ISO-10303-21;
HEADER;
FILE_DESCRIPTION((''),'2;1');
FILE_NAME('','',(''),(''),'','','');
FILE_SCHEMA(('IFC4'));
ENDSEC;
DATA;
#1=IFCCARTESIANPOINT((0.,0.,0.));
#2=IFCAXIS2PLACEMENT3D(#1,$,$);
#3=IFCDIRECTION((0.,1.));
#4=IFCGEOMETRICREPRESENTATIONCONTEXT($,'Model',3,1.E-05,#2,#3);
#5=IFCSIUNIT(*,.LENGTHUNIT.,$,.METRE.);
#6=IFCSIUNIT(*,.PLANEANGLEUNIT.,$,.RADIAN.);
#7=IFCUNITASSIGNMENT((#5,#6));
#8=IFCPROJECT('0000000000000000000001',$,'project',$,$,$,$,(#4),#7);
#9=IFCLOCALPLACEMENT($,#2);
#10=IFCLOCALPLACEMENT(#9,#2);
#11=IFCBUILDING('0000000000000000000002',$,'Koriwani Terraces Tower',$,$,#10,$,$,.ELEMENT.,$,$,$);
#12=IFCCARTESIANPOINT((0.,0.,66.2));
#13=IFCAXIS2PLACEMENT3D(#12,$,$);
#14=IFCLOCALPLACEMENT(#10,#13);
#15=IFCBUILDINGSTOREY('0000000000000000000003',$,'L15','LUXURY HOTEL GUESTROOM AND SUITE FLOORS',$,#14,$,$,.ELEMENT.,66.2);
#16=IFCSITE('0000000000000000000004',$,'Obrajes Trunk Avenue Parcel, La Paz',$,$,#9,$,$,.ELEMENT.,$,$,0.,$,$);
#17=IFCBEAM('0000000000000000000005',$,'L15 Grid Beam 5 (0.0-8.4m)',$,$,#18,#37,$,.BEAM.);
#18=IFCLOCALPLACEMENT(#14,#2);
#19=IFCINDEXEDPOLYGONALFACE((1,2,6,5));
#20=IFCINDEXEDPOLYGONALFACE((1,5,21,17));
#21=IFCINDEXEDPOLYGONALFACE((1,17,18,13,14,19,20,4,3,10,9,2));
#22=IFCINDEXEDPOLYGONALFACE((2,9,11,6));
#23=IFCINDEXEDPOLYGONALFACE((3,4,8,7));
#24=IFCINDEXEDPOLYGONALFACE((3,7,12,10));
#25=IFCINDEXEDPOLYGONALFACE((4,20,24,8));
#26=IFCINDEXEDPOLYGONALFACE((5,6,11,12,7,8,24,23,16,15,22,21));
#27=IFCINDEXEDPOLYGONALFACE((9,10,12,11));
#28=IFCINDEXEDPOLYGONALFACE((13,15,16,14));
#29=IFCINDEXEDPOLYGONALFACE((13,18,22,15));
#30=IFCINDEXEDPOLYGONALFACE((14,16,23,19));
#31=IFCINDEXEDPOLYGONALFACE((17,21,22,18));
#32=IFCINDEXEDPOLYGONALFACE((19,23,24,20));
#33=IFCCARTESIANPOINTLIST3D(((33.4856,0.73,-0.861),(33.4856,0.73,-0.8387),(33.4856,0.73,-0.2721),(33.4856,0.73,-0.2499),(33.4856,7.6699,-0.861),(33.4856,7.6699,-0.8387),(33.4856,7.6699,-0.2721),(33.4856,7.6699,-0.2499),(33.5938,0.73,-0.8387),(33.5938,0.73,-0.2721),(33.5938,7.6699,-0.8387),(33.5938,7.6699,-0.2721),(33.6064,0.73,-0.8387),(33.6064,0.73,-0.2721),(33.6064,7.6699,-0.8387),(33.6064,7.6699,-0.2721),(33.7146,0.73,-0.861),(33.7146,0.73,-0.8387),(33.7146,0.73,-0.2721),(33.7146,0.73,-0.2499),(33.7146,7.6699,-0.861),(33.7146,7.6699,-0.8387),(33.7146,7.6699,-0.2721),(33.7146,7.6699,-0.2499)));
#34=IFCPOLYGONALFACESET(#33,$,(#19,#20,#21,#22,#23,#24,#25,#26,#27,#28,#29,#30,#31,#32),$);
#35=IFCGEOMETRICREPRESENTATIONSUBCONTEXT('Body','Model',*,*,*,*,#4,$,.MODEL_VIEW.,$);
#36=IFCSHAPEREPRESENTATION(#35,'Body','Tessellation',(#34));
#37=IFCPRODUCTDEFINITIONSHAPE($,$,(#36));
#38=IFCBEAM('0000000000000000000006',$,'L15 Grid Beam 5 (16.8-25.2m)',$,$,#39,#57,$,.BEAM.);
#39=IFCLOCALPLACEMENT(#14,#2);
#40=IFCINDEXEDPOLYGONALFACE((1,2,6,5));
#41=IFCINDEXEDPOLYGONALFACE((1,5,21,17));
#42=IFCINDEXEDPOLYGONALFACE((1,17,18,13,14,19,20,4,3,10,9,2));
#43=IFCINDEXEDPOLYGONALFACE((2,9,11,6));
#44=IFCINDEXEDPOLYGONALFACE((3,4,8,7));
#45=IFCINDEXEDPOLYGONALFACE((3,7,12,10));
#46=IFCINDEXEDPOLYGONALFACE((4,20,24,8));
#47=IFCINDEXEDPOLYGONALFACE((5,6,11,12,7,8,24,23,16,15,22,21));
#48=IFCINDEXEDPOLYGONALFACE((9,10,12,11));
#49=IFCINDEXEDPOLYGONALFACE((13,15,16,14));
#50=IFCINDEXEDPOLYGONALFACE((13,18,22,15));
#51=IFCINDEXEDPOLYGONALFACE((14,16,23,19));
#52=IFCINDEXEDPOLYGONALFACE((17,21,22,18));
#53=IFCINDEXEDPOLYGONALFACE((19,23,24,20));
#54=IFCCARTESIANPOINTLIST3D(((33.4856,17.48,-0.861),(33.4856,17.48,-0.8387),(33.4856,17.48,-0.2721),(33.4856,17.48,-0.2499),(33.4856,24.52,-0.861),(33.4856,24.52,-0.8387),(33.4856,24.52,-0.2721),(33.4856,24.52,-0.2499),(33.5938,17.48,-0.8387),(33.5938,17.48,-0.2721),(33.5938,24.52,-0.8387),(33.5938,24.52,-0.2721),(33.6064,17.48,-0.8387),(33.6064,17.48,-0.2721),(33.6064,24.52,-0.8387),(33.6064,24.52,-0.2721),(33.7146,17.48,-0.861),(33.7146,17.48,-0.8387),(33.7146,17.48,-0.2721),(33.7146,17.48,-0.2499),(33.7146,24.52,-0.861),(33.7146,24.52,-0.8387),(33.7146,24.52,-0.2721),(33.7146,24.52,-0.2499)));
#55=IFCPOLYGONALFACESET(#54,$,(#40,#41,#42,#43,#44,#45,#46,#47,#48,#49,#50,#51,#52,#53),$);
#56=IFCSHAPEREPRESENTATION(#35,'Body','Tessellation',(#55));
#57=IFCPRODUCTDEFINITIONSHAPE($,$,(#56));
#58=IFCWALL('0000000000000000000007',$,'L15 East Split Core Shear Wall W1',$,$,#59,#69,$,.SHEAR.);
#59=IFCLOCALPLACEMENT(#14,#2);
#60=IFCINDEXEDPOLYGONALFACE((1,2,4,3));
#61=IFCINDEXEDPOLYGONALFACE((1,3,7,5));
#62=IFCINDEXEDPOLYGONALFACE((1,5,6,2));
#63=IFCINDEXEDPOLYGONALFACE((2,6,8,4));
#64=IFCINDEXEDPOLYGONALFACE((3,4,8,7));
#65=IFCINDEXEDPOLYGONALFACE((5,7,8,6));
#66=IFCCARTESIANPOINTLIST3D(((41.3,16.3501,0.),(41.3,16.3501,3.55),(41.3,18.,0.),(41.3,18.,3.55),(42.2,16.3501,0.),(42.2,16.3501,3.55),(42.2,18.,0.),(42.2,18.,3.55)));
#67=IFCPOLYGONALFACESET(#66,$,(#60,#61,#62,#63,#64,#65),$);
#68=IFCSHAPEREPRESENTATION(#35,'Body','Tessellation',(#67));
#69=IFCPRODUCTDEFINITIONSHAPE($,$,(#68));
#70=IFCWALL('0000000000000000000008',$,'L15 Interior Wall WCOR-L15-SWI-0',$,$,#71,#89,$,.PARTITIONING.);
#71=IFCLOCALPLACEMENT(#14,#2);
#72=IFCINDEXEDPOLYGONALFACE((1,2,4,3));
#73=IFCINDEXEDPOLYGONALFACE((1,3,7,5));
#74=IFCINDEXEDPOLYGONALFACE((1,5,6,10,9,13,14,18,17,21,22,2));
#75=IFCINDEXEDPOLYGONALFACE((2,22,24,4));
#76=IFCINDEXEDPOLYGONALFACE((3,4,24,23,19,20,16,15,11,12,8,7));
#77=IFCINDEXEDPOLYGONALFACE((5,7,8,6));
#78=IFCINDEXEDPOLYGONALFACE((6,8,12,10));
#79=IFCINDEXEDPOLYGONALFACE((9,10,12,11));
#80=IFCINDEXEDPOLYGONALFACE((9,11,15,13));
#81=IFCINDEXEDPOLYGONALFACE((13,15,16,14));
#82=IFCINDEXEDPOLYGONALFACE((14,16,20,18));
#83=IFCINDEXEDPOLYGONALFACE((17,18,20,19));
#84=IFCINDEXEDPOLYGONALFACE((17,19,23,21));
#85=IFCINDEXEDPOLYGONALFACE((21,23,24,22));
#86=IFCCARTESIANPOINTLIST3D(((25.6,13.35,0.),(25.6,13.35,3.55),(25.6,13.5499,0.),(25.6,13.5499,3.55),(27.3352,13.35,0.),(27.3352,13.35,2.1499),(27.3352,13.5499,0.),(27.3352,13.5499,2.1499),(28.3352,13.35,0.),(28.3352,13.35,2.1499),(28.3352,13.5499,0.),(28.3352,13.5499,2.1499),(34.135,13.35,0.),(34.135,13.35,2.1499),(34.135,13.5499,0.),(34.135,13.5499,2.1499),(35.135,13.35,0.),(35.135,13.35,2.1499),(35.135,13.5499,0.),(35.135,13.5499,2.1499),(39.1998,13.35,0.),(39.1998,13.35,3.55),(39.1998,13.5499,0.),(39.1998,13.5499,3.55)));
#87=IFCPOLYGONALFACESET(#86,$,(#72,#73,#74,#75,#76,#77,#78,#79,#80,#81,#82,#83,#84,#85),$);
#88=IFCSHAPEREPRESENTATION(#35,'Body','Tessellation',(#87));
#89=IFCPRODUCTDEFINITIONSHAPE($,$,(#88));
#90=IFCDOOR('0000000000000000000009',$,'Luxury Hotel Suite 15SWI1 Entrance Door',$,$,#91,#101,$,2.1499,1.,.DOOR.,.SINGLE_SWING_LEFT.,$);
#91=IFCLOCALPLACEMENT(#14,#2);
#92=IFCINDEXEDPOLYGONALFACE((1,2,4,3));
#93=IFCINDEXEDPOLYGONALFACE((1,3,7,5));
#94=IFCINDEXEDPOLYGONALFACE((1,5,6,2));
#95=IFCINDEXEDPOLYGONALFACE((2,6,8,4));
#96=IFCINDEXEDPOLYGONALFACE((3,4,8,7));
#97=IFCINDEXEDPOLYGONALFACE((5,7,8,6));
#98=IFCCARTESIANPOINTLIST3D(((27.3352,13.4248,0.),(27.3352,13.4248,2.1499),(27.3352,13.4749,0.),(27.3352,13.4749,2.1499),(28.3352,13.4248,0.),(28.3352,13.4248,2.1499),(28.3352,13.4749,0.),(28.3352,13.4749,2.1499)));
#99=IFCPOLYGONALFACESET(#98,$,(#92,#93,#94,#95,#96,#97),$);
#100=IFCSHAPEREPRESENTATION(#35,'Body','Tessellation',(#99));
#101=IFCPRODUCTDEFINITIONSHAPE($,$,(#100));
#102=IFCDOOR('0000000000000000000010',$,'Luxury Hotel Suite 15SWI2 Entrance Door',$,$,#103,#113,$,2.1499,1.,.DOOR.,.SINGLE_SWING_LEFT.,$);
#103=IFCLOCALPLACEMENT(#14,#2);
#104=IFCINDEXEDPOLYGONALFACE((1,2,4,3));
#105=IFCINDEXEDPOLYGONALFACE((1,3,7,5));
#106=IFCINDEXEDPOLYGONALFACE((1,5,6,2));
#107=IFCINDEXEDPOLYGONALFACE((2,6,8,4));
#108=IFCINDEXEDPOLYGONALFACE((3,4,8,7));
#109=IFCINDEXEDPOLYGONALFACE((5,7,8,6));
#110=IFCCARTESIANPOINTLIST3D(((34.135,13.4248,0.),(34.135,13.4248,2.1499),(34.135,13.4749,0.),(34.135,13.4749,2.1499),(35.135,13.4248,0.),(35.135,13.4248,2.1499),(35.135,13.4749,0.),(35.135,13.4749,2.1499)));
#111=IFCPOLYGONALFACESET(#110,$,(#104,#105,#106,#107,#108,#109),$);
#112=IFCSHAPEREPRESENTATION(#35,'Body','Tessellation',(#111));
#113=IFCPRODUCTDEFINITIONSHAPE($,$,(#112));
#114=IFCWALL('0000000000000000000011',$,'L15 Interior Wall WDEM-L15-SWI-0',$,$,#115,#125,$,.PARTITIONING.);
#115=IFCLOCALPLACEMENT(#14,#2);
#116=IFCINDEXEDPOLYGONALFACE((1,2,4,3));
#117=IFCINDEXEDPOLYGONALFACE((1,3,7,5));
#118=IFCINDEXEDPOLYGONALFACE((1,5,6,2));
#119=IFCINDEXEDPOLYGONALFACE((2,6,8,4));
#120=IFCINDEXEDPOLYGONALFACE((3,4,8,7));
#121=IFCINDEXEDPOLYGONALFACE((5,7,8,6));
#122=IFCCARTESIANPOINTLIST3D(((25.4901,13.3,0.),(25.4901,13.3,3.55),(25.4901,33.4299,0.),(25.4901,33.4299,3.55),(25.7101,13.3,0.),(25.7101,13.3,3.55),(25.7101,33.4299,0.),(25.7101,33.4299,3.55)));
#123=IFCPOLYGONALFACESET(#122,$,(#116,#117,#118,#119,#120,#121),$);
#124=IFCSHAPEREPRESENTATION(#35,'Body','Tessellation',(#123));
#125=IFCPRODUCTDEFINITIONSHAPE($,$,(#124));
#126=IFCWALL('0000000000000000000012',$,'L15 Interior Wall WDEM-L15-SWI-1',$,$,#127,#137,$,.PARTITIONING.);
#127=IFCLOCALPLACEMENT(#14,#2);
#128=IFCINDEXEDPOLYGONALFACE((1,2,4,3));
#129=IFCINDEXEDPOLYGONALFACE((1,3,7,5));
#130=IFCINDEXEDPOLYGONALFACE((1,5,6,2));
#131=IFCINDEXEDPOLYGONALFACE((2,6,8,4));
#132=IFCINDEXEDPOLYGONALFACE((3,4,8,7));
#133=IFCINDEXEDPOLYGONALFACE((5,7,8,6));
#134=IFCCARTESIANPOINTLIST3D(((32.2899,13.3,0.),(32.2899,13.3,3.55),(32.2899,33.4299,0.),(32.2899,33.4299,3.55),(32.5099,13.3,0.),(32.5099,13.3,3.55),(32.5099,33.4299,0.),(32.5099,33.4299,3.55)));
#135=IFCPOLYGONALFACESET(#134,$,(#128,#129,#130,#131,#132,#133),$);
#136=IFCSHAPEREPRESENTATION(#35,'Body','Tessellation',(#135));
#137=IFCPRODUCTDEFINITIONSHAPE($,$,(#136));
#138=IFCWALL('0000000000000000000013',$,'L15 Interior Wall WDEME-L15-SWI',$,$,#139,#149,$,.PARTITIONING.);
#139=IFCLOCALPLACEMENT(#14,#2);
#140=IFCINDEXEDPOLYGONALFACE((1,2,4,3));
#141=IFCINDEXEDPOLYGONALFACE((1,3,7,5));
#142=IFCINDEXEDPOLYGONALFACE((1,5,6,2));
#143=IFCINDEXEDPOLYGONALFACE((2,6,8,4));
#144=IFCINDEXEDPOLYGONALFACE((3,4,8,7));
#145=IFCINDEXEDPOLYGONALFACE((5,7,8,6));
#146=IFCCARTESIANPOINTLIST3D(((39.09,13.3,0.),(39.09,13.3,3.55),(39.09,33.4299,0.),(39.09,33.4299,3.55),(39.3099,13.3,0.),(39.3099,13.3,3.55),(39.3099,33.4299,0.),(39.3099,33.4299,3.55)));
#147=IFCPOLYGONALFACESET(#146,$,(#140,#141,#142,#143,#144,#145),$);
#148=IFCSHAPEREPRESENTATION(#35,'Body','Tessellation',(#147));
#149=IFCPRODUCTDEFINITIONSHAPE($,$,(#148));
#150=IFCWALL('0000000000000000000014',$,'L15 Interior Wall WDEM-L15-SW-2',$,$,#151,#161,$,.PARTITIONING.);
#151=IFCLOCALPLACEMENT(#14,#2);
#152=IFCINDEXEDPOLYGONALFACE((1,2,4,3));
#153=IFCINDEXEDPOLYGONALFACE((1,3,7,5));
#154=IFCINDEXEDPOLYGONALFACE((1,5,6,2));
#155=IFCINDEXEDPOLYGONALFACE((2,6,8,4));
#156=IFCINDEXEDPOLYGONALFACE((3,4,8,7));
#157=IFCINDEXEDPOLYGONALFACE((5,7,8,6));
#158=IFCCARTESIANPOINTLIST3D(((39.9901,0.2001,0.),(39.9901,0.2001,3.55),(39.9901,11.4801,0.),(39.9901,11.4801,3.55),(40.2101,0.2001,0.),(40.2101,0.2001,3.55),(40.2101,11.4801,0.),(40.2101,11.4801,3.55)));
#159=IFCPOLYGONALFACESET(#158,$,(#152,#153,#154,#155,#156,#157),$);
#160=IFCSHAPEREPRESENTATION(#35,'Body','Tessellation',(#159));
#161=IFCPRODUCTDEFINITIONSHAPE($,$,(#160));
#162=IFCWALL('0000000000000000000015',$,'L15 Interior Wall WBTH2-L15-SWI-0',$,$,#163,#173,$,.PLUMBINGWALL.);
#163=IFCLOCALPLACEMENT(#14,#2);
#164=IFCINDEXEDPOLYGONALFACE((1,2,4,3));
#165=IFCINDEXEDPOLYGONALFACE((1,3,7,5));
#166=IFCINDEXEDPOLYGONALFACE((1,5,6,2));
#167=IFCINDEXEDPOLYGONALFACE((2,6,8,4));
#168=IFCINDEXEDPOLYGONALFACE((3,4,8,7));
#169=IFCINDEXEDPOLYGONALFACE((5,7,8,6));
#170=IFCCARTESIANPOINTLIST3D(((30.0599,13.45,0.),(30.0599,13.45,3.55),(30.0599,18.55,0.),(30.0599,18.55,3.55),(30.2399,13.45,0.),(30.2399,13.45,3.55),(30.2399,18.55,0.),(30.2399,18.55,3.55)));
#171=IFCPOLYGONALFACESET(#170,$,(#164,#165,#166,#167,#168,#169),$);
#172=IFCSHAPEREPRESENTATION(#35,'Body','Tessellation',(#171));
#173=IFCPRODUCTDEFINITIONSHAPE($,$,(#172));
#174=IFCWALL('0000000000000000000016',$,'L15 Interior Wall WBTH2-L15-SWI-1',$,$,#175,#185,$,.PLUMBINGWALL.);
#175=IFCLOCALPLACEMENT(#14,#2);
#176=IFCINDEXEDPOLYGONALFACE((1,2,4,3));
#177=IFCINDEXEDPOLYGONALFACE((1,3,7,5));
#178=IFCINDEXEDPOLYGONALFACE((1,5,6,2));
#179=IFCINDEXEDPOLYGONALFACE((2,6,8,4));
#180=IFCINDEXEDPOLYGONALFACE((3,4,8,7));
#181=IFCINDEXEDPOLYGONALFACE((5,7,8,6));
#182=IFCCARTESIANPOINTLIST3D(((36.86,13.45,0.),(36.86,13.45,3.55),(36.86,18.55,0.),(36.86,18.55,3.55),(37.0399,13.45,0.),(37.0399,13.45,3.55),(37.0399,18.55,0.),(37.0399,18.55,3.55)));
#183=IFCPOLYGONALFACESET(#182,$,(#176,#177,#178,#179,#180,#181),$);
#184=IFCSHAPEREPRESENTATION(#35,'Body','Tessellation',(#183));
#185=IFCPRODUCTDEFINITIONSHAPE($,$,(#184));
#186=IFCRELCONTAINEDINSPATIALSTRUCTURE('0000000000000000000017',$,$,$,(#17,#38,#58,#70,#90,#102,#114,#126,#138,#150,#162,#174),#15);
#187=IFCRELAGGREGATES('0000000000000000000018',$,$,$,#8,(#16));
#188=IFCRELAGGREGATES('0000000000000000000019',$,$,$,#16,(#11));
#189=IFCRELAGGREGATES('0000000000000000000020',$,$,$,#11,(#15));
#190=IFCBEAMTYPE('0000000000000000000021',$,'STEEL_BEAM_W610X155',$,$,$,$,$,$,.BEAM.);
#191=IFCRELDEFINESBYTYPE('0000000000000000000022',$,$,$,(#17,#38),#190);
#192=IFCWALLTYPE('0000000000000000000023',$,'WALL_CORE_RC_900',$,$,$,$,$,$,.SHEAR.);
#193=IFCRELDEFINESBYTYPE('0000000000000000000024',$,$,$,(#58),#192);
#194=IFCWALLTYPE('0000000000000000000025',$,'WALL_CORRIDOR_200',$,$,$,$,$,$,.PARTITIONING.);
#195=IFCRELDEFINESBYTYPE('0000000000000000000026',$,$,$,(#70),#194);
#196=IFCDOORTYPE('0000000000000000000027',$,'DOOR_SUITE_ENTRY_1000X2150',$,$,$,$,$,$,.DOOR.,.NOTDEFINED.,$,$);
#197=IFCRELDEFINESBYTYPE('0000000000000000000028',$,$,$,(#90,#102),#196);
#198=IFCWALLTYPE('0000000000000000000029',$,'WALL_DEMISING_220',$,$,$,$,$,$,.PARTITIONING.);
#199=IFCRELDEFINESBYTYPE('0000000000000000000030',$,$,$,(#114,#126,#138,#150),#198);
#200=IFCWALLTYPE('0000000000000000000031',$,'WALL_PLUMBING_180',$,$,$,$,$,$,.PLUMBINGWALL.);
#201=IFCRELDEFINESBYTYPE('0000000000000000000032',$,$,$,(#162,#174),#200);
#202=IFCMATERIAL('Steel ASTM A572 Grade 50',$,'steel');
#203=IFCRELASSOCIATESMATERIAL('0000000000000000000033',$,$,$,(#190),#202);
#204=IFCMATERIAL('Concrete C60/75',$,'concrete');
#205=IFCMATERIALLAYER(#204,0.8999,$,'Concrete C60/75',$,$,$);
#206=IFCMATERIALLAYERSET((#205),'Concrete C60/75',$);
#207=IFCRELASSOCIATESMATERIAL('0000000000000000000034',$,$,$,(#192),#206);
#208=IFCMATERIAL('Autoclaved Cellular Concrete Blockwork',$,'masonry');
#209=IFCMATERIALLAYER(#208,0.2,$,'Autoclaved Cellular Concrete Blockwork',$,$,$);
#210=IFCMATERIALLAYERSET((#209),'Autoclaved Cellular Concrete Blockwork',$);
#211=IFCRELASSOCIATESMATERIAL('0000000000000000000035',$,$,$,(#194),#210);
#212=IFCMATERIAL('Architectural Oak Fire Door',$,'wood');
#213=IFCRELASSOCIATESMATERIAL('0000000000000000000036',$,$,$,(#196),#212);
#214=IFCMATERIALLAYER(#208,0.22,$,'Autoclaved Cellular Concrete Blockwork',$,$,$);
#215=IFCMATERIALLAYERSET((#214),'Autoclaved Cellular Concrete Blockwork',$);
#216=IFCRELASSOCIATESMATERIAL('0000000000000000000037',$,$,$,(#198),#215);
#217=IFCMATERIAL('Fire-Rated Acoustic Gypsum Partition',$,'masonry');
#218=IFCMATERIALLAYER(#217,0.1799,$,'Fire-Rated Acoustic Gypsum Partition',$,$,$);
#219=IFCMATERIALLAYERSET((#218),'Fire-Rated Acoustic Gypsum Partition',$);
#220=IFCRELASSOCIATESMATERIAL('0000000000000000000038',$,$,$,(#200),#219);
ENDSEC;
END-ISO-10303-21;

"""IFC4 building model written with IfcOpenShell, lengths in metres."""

from ifc_helpers import new_model, si_unit, direction, frame, frame_2d, origin, origin_2d, place, context, subcontext, project, spatial, rectangle, i_section, extrude, material, layer, layer_set, material_profile, profile_set, type_object, element, fill, save


model = new_model("IFC4")

# Units and contexts
model_context = context("Model", 3, precision=1e-05, world=origin(), true_north=direction((0.0, 1.0)))
body_context = subcontext(model_context, "Body", "Model", "MODEL_VIEW")
ifc_project = project(units=[si_unit("LENGTHUNIT", "METRE"), si_unit("PLANEANGLEUNIT", "RADIAN")], contexts=[model_context])

# Site, building, storey
site_placement = place(None, origin())
site = spatial("IfcSite", under=ifc_project, at=site_placement, Name="Obrajes Trunk Avenue Parcel, La Paz", CompositionType="ELEMENT", RefElevation=0.0)
building_placement = place(site_placement, origin())
building = spatial("IfcBuilding", under=site, at=building_placement, Name="Koriwani Terraces Tower", CompositionType="ELEMENT")
storey_placement = place(building_placement, frame((0.0, 0.0, 66.2)))
storey = spatial("IfcBuildingStorey", under=building, at=storey_placement, Name="L15", Description="LUXURY HOTEL GUESTROOM AND SUITE FLOORS", CompositionType="ELEMENT", Elevation=66.2)

# Shared definitions
ifc_material_1 = material(Name="Concrete C60/75", Category="concrete")

# Beams
ifc_material_2 = material(Name="Steel ASTM A572 Grade 50", Category="steel")
ifc_material_profile_1 = material_profile(ifc_material_2, i_section(OverallWidth=0.229, OverallDepth=0.6111, WebThickness=0.0127, FlangeThickness=0.0222, at=origin_2d()), Name="Steel ASTM A572 Grade 50", Category="LoadBearing")
ifc_profile_set_1 = profile_set([ifc_material_profile_1], Name="Steel ASTM A572 Grade 50")
beam_type_1 = type_object("IfcBeamType", Name="STEEL_BEAM_W610X155", PredefinedType="BEAM", material=ifc_profile_set_1)
beam_1_placement = place(storey_placement, frame((33.6001, 0.73, -0.5554), z_axis=(0.0, 1.0, 0.0), x_axis=(-1.0, 0.0, 0.0)))
element("IfcBeam", 1, at=beam_1_placement, inside=storey, type_object=beam_type_1, Name="L15 Grid Beam 5 (0.0-8.4m)", PredefinedType="BEAM", context=body_context, shape_type="SweptSolid", body=[
    extrude(i_section(OverallWidth=0.229, OverallDepth=0.6111, WebThickness=0.0127, FlangeThickness=0.0222, at=origin_2d()), origin(), (0.0, 0.0, 1.0), 6.9399),
])
beam_2_placement = place(storey_placement, frame((33.6001, 17.48, -0.5554), z_axis=(0.0, 1.0, 0.0), x_axis=(-1.0, 0.0, 0.0)))
element("IfcBeam", 2, at=beam_2_placement, inside=storey, type_object=beam_type_1, Name="L15 Grid Beam 5 (16.8-25.2m)", PredefinedType="BEAM", context=body_context, shape_type="SweptSolid", body=[
    extrude(i_section(OverallWidth=0.229, OverallDepth=0.6111, WebThickness=0.0127, FlangeThickness=0.0222, at=origin_2d()), origin(), (0.0, 0.0, 1.0), 7.04),
])

# Wall
ifc_layer_1 = layer(ifc_material_1, 0.8999, Name="Concrete C60/75")
ifc_layer_set_1 = layer_set([ifc_layer_1], Name="Concrete C60/75")
wall_type_1 = type_object("IfcWallType", Name="WALL_CORE_RC_900", PredefinedType="SHEAR", material=ifc_layer_set_1)
wall_1_placement = place(storey_placement, frame((41.75, 16.3501, 0.0), z_axis=(0.0, 0.0, 1.0), x_axis=(0.0, 1.0, 0.0)))
element("IfcWall", 3, at=wall_1_placement, inside=storey, type_object=wall_type_1, Name="L15 East Split Core Shear Wall W1", PredefinedType="SHEAR", context=body_context, shape_type="SweptSolid", body=[
    extrude(rectangle(XDim=1.6499, YDim=0.8999, at=frame_2d((0.825, 0.0))), origin(), (0.0, 0.0, 1.0), 3.55),
])

# Wall, openings, doors
ifc_material_3 = material(Name="Autoclaved Cellular Concrete Blockwork", Category="masonry")
ifc_layer_2 = layer(ifc_material_3, 0.2, Name="Autoclaved Cellular Concrete Blockwork")
ifc_layer_set_2 = layer_set([ifc_layer_2], Name="Autoclaved Cellular Concrete Blockwork")
wall_type_2 = type_object("IfcWallType", Name="WALL_CORRIDOR_200", PredefinedType="PARTITIONING", material=ifc_layer_set_2)
wall_2_placement = place(storey_placement, frame((25.6001, 13.45, 0.0), z_axis=(0.0, 0.0, 1.0), x_axis=(1.0, 0.0, 0.0)))
wall_2 = element("IfcWall", 4, at=wall_2_placement, inside=storey, type_object=wall_type_2, Name="L15 Interior Wall WCOR-L15-SWI-0", PredefinedType="PARTITIONING", context=body_context, shape_type="SweptSolid", body=[
    extrude(rectangle(XDim=13.5999, YDim=0.2, at=frame_2d((6.7998, 0.0))), origin(), (0.0, 0.0, 1.0), 3.55),
])
opening_1_placement = place(wall_2_placement, frame((1.7351, 0.0, 0.0)))
opening_1 = element("IfcOpeningElement", 5, at=opening_1_placement, cuts=wall_2, PredefinedType="OPENING", context=body_context, shape_type="SweptSolid", body=[
    extrude(rectangle(XDim=1.0, YDim=2.1499, at=frame_2d((0.5, 1.075))), frame((0.0, 0.1099, 0.0), z_axis=(0.0, -1.0, 0.0), x_axis=(1.0, 0.0, 0.0)), (0.0, 0.0, 1.0), 0.22),
])
opening_2_placement = place(wall_2_placement, frame((8.5349, 0.0, 0.0)))
opening_2 = element("IfcOpeningElement", 6, at=opening_2_placement, cuts=wall_2, PredefinedType="OPENING", context=body_context, shape_type="SweptSolid", body=[
    extrude(rectangle(XDim=1.0, YDim=2.1499, at=frame_2d((0.5, 1.075))), frame((0.0, 0.1099, 0.0), z_axis=(0.0, -1.0, 0.0), x_axis=(1.0, 0.0, 0.0)), (0.0, 0.0, 1.0), 0.22),
])
ifc_material_4 = material(Name="Architectural Oak Fire Door", Category="wood")
door_type_1 = type_object("IfcDoorType", Name="DOOR_SUITE_ENTRY_1000X2150", OperationType="NOTDEFINED", PredefinedType="DOOR", material=ifc_material_4)
door_1_placement = place(opening_1_placement, origin())
door_1 = element("IfcDoor", 7, at=door_1_placement, inside=storey, type_object=door_type_1, Name="Luxury Hotel Suite 15SWI1 Entrance Door", OperationType="SINGLE_SWING_LEFT", OverallHeight=2.1499, OverallWidth=1.0, PredefinedType="DOOR", context=body_context, shape_type="SweptSolid", body=[
    extrude(rectangle(XDim=1.0, YDim=2.1499, at=frame_2d((0.5, 1.075))), frame((0.0, 0.0249, 0.0), z_axis=(0.0, -1.0, 0.0), x_axis=(1.0, 0.0, 0.0)), (0.0, 0.0, 1.0), 0.05),
])
fill(opening_1, door_1)
door_2_placement = place(opening_2_placement, origin())
door_2 = element("IfcDoor", 8, at=door_2_placement, inside=storey, type_object=door_type_1, Name="Luxury Hotel Suite 15SWI2 Entrance Door", OperationType="SINGLE_SWING_LEFT", OverallHeight=2.1499, OverallWidth=1.0, PredefinedType="DOOR", context=body_context, shape_type="SweptSolid", body=[
    extrude(rectangle(XDim=1.0, YDim=2.1499, at=frame_2d((0.5, 1.075))), frame((0.0, 0.0249, 0.0), z_axis=(0.0, -1.0, 0.0), x_axis=(1.0, 0.0, 0.0)), (0.0, 0.0, 1.0), 0.05),
])
fill(opening_2, door_2)

# Walls
ifc_layer_3 = layer(ifc_material_3, 0.22, Name="Autoclaved Cellular Concrete Blockwork")
ifc_layer_set_3 = layer_set([ifc_layer_3], Name="Autoclaved Cellular Concrete Blockwork")
wall_type_3 = type_object("IfcWallType", Name="WALL_DEMISING_220", PredefinedType="PARTITIONING", material=ifc_layer_set_3)
for number, where, z_axis, x_axis, name in (
    (9, (25.6001, 13.3, 0.0), (0.0, 0.0, 1.0), (0.0, 1.0, 0.0), "L15 Interior Wall WDEM-L15-SWI-0"),
    (10, (32.3999, 13.3, 0.0), (0.0, 0.0, 1.0), (0.0, 1.0, 0.0), "L15 Interior Wall WDEM-L15-SWI-1"),
    (11, (39.2, 13.3, 0.0), (0.0, 0.0, 1.0), (0.0, 1.0, 0.0), "L15 Interior Wall WDEME-L15-SWI"),
):
    element("IfcWall", number, at=place(storey_placement, frame(where, z_axis=z_axis, x_axis=x_axis)), inside=storey, type_object=wall_type_3, Name=name, PredefinedType="PARTITIONING", context=body_context, shape_type="SweptSolid", body=[
        extrude(rectangle(XDim=20.1299, YDim=0.22, at=frame_2d((10.0649, 0.0))), origin(), (0.0, 0.0, 1.0), 3.55),
    ])
wall_3_placement = place(storey_placement, frame((40.1001, 0.2, 0.0), z_axis=(0.0, 0.0, 1.0), x_axis=(0.0, 1.0, 0.0)))
element("IfcWall", 12, at=wall_3_placement, inside=storey, type_object=wall_type_3, Name="L15 Interior Wall WDEM-L15-SW-2", PredefinedType="PARTITIONING", context=body_context, shape_type="SweptSolid", body=[
    extrude(rectangle(XDim=11.28, YDim=0.22, at=frame_2d((5.6401, 0.0))), origin(), (0.0, 0.0, 1.0), 3.55),
])
ifc_material_5 = material(Name="Fire-Rated Acoustic Gypsum Partition", Category="masonry")
ifc_layer_4 = layer(ifc_material_5, 0.1799, Name="Fire-Rated Acoustic Gypsum Partition")
ifc_layer_set_4 = layer_set([ifc_layer_4], Name="Fire-Rated Acoustic Gypsum Partition")
wall_type_4 = type_object("IfcWallType", Name="WALL_PLUMBING_180", PredefinedType="PLUMBINGWALL", material=ifc_layer_set_4)
for number, where, z_axis, x_axis, name in (
    (13, (30.1499, 13.45, 0.0), (0.0, 0.0, 1.0), (0.0, 1.0, 0.0), "L15 Interior Wall WBTH2-L15-SWI-0"),
    (14, (36.95, 13.45, 0.0), (0.0, 0.0, 1.0), (0.0, 1.0, 0.0), "L15 Interior Wall WBTH2-L15-SWI-1"),
):
    element("IfcWall", number, at=place(storey_placement, frame(where, z_axis=z_axis, x_axis=x_axis)), inside=storey, type_object=wall_type_4, Name=name, PredefinedType="PLUMBINGWALL", context=body_context, shape_type="SweptSolid", body=[
        extrude(rectangle(XDim=5.1001, YDim=0.1799, at=frame_2d((2.55, 0.0))), origin(), (0.0, 0.0, 1.0), 3.55),
    ])

save(model, "model.ifc")
